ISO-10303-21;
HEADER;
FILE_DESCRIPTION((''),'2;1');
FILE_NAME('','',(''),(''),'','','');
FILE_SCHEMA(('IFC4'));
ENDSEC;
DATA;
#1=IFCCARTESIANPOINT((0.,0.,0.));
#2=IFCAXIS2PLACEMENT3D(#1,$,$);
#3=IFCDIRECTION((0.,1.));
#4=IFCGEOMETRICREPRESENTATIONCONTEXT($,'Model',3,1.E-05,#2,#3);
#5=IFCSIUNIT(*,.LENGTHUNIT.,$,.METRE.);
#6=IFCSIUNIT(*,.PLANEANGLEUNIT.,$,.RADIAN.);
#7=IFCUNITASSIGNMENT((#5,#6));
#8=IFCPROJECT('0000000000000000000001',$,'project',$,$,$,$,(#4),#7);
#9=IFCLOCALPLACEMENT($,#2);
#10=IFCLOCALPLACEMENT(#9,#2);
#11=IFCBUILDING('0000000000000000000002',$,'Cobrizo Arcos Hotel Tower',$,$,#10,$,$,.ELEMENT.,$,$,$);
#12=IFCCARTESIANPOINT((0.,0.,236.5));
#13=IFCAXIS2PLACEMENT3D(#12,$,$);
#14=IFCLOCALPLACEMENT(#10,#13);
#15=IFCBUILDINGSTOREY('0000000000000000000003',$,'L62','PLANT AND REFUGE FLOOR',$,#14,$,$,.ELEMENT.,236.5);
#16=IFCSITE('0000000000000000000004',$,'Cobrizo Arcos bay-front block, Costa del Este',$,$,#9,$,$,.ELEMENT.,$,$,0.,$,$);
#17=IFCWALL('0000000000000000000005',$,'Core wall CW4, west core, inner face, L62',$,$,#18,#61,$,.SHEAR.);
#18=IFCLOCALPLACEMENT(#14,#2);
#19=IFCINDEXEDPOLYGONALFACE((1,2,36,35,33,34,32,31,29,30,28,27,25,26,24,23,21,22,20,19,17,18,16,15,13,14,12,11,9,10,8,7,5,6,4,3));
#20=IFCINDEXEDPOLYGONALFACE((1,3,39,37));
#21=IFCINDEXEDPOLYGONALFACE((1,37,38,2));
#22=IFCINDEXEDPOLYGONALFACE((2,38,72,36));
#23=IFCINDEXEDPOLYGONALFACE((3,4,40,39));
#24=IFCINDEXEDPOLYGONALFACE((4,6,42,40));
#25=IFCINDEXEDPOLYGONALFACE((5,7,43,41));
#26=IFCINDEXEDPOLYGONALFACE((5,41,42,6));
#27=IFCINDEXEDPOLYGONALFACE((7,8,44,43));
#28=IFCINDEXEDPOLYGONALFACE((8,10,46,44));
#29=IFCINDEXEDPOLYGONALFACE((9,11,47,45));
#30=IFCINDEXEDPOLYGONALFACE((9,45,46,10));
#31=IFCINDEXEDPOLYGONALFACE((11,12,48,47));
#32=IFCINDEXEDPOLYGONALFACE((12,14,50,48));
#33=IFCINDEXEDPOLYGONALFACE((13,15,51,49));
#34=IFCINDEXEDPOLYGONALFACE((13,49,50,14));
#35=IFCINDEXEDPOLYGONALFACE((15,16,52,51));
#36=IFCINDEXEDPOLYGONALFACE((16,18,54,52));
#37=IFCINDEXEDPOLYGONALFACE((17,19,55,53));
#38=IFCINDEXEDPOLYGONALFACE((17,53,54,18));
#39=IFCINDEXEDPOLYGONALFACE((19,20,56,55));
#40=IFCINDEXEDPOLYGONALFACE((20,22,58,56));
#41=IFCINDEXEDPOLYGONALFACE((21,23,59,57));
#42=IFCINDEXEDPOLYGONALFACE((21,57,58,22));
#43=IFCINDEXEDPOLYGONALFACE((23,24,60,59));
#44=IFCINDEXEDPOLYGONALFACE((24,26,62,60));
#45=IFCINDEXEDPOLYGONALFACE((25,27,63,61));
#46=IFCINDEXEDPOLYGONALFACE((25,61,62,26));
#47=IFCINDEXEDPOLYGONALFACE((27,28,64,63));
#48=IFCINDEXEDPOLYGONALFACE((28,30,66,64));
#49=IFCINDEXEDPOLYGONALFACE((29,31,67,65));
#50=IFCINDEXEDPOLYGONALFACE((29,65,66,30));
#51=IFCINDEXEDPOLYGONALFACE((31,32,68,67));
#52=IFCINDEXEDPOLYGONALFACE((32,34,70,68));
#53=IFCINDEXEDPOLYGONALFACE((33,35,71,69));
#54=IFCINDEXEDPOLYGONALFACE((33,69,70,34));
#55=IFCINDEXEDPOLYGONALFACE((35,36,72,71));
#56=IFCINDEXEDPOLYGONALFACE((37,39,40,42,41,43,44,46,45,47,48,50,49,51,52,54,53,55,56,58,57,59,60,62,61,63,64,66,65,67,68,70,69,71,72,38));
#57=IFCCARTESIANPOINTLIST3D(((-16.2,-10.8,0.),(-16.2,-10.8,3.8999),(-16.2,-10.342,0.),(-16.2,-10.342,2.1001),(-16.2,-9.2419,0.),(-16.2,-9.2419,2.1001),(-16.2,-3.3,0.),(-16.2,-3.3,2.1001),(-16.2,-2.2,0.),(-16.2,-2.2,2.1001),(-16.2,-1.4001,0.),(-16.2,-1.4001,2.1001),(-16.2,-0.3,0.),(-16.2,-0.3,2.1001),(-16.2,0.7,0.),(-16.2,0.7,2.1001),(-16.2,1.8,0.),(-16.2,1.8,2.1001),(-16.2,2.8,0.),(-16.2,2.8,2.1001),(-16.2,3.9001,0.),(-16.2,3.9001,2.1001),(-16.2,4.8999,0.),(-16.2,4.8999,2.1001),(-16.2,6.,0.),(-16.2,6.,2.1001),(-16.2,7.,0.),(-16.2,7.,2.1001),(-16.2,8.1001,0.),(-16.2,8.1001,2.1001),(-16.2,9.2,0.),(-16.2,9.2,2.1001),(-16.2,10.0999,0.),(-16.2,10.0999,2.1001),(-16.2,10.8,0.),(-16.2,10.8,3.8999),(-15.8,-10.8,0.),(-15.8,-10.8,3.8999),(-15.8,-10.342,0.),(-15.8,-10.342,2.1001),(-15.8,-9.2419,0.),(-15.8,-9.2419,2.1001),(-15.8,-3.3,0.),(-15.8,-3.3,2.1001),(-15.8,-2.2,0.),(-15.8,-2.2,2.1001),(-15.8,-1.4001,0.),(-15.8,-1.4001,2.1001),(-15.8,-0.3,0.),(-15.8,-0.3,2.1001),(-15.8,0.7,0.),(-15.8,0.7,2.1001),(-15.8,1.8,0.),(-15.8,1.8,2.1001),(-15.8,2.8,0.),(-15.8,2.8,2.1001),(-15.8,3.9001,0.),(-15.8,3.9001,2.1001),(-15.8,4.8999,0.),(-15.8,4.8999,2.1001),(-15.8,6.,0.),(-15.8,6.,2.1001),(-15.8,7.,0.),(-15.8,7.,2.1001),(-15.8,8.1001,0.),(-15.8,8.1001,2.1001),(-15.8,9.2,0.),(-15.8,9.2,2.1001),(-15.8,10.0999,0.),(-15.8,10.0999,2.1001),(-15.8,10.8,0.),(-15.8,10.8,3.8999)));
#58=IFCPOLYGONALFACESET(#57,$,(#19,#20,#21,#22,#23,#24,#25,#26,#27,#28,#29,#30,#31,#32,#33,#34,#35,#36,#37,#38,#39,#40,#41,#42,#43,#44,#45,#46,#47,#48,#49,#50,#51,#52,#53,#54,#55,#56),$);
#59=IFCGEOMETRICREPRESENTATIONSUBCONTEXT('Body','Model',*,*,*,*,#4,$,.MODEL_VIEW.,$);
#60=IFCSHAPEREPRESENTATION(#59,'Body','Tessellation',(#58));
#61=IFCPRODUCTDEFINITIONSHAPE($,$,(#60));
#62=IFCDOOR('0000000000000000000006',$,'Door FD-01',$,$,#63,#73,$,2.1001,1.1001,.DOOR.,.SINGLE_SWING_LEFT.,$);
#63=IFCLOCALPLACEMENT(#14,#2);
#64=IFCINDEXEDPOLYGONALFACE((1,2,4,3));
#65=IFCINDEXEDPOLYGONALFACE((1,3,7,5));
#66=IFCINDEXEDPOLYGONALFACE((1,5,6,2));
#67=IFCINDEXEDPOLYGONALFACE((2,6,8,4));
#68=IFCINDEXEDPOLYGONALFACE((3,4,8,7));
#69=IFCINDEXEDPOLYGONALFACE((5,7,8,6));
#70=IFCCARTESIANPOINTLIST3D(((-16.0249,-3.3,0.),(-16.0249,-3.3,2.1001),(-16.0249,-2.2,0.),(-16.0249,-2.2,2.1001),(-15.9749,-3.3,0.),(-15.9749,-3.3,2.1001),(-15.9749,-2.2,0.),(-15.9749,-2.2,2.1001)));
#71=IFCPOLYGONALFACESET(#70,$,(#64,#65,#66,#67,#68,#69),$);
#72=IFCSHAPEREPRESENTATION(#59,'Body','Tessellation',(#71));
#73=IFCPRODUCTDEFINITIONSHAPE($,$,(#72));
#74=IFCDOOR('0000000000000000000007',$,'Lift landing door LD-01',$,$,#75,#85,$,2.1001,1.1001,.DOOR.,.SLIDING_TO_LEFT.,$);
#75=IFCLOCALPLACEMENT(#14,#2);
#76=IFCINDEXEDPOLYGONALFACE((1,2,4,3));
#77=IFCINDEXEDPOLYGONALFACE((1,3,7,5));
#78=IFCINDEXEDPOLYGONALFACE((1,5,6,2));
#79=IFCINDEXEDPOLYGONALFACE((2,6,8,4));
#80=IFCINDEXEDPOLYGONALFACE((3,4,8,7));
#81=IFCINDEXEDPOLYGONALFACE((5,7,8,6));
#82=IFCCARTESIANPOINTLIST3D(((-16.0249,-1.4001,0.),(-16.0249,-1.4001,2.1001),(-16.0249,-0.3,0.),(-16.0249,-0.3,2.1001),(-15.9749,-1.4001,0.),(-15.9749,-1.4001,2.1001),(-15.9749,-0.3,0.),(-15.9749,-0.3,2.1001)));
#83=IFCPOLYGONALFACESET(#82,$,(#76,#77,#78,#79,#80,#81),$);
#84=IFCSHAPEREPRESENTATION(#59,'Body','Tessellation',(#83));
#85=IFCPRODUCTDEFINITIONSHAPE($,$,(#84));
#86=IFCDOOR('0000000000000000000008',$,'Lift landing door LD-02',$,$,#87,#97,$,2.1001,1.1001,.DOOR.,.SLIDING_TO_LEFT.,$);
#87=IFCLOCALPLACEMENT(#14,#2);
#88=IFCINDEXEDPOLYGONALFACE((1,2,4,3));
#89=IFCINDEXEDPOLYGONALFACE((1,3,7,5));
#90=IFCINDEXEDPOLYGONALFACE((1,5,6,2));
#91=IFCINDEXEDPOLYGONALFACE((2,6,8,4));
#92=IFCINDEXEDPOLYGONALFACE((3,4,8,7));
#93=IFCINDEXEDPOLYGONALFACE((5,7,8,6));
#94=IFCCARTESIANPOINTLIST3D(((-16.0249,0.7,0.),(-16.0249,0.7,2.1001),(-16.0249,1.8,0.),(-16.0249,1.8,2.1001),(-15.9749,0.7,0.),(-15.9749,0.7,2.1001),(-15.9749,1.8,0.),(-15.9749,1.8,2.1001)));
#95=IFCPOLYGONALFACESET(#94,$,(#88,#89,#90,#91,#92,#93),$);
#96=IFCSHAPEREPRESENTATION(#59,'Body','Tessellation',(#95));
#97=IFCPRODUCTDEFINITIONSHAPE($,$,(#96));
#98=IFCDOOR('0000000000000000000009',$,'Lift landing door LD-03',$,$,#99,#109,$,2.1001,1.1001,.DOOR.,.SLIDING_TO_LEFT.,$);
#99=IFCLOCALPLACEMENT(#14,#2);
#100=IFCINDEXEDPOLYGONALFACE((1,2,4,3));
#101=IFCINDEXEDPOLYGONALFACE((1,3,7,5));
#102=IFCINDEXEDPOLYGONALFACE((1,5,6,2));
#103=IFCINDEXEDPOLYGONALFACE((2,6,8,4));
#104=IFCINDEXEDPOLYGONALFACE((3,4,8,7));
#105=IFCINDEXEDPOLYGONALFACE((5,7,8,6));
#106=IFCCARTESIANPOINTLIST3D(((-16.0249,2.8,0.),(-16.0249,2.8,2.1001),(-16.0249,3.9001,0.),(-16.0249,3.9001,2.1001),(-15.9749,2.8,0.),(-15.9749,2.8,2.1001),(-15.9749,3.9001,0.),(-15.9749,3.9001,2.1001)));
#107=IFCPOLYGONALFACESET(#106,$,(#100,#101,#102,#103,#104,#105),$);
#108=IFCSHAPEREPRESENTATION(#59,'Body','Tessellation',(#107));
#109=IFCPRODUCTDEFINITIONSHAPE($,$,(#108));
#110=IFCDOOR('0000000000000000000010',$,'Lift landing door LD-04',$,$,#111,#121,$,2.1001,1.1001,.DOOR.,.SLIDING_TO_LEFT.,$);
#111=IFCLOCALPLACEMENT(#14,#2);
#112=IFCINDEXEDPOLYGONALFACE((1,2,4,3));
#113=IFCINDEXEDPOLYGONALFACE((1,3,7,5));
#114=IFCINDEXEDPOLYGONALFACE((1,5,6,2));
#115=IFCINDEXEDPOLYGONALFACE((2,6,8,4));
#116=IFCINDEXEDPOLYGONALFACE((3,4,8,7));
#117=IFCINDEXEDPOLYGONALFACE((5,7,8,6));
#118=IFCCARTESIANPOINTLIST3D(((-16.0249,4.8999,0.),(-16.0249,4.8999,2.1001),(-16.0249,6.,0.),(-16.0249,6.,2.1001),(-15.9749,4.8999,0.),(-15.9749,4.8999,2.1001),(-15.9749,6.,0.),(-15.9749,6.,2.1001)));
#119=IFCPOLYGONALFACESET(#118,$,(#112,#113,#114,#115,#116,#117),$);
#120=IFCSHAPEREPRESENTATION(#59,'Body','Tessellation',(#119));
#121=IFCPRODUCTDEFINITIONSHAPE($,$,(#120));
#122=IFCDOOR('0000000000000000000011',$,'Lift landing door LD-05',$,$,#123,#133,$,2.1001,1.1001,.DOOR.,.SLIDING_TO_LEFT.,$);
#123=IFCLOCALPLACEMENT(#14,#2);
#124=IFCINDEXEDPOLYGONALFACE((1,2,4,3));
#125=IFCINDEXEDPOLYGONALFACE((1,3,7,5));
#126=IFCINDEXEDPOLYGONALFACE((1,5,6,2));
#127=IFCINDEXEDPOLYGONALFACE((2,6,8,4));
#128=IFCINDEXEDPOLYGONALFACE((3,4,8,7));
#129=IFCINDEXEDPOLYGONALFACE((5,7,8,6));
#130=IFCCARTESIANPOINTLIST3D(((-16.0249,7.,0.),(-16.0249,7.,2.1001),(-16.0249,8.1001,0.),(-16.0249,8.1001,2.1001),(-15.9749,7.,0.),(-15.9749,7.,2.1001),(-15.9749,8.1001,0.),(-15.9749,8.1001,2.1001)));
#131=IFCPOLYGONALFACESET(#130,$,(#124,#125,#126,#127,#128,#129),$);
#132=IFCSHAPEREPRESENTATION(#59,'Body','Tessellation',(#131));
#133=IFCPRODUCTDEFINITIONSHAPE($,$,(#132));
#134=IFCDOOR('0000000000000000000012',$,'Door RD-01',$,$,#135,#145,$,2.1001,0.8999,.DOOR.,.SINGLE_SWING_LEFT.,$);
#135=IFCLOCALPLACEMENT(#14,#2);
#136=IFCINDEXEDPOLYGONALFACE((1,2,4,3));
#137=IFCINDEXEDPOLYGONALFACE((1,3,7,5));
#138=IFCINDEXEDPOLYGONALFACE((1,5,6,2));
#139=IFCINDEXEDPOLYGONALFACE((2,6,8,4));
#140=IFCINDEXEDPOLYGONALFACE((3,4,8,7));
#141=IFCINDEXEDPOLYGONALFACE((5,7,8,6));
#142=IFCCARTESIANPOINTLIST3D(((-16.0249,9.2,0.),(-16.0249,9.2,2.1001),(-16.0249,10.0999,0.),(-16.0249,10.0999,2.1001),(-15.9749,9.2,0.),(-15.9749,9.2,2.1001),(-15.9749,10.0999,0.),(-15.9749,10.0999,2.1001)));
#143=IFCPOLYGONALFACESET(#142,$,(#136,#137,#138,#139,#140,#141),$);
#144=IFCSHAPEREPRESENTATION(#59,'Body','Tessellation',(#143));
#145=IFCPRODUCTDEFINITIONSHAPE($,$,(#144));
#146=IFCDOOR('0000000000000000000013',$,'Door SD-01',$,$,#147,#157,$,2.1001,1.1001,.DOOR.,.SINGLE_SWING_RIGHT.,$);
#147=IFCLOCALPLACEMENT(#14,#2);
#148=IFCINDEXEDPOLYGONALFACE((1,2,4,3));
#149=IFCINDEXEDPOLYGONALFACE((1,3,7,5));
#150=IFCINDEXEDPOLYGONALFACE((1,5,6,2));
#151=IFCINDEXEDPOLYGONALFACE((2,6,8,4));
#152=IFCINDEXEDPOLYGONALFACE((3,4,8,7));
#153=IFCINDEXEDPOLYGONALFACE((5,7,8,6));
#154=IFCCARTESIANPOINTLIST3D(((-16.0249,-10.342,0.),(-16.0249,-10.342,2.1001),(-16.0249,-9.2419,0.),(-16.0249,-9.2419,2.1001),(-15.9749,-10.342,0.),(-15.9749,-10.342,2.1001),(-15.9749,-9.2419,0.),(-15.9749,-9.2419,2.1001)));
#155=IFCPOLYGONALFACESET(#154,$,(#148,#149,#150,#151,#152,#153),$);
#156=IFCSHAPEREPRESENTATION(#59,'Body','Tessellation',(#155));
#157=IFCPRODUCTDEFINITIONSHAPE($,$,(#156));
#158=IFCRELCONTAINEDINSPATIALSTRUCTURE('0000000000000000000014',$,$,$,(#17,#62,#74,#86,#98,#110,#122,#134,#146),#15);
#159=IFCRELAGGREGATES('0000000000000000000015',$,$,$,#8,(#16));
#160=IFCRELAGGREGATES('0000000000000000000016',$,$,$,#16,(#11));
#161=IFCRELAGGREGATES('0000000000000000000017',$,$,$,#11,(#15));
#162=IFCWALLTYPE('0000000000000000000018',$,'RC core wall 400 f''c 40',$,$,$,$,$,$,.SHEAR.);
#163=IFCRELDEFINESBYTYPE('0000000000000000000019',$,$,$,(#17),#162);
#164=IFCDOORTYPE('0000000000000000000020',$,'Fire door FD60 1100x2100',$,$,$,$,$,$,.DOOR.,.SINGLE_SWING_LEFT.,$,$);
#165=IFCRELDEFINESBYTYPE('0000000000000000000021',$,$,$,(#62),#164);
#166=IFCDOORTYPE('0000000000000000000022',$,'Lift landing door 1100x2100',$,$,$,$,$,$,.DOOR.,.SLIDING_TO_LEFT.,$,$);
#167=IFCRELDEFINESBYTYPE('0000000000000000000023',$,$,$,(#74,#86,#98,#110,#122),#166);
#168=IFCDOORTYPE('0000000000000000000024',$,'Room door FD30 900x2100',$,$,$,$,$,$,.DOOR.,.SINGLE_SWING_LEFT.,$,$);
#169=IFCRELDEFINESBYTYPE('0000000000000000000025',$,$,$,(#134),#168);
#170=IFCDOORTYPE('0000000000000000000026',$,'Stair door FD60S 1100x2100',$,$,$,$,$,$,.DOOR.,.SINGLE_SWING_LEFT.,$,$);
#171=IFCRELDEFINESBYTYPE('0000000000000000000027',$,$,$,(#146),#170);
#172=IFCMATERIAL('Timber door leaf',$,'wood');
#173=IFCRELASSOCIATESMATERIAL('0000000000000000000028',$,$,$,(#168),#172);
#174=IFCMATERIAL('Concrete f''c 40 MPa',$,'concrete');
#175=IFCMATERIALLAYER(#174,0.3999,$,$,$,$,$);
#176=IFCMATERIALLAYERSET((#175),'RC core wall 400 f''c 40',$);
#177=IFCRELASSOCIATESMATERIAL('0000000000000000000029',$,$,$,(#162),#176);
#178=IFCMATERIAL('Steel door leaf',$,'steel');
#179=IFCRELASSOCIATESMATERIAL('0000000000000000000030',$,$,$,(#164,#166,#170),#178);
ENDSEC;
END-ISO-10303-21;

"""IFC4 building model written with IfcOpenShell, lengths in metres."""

from ifc_helpers import new_model, si_unit, direction, frame, frame_2d, origin, place, context, subcontext, project, spatial, rectangle, extrude, material, layer, layer_set, type_object, element, fill, save


model = new_model("IFC4")

# Units and contexts
model_context = context("Model", 3, precision=1e-05, world=origin(), true_north=direction((0.0, 1.0)))
body_context = subcontext(model_context, "Body", "Model", "MODEL_VIEW")
ifc_project = project(units=[si_unit("LENGTHUNIT", "METRE"), si_unit("PLANEANGLEUNIT", "RADIAN")], contexts=[model_context])

# Site, building, storey
site_placement = place(None, origin())
site = spatial("IfcSite", under=ifc_project, at=site_placement, Name="Cobrizo Arcos bay-front block, Costa del Este", CompositionType="ELEMENT", RefElevation=0.0)
building_placement = place(site_placement, origin())
building = spatial("IfcBuilding", under=site, at=building_placement, Name="Cobrizo Arcos Hotel Tower", CompositionType="ELEMENT")
storey_placement = place(building_placement, frame((0.0, 0.0, 236.5)))
storey = spatial("IfcBuildingStorey", under=building, at=storey_placement, Name="L62", Description="PLANT AND REFUGE FLOOR", CompositionType="ELEMENT", Elevation=236.5)

# Shared definitions
ifc_material_1 = material(Name="Timber door leaf", Category="wood")
door_type_1 = type_object("IfcDoorType", Name="Room door FD30 900x2100", OperationType="SINGLE_SWING_LEFT", PredefinedType="DOOR", material=ifc_material_1)

# Wall, openings, doors
ifc_material_2 = material(Name="Concrete f'c 40 MPa", Category="concrete")
ifc_layer_1 = layer(ifc_material_2, 0.3999)
ifc_layer_set_1 = layer_set([ifc_layer_1], Name="RC core wall 400 f'c 40")
wall_type_1 = type_object("IfcWallType", Name="RC core wall 400 f'c 40", PredefinedType="SHEAR", material=ifc_layer_set_1)
wall_1_placement = place(storey_placement, frame((-16.0, -10.8, 0.0), z_axis=(0.0, 0.0, 1.0), x_axis=(0.0, 1.0, 0.0)))
wall_1 = element("IfcWall", 1, at=wall_1_placement, inside=storey, type_object=wall_type_1, Name="Core wall CW4, west core, inner face, L62", PredefinedType="SHEAR", context=body_context, shape_type="SweptSolid", body=[
    extrude(rectangle(XDim=21.6001, YDim=0.3999, at=frame_2d((10.8, 0.0))), origin(), (0.0, 0.0, 1.0), 3.8999),
])
opening_1_placement = place(wall_1_placement, frame((9.3999, 0.0, 0.0)))
opening_1 = element("IfcOpeningElement", 2, at=opening_1_placement, cuts=wall_1, PredefinedType="OPENING", context=body_context, shape_type="SweptSolid", body=[
    extrude(rectangle(XDim=1.1001, YDim=2.1001, at=frame_2d((0.55, 1.05))), frame((0.0, 0.2119, 0.0), z_axis=(0.0, -1.0, 0.0), x_axis=(1.0, 0.0, 0.0)), (0.0, 0.0, 1.0), 0.4238),
])
opening_2_placement = place(wall_1_placement, frame((11.5, 0.0, 0.0)))
opening_2 = element("IfcOpeningElement", 3, at=opening_2_placement, cuts=wall_1, PredefinedType="OPENING", context=body_context, shape_type="SweptSolid", body=[
    extrude(rectangle(XDim=1.1001, YDim=2.1001, at=frame_2d((0.55, 1.05))), frame((0.0, 0.2119, 0.0), z_axis=(0.0, -1.0, 0.0), x_axis=(1.0, 0.0, 0.0)), (0.0, 0.0, 1.0), 0.4238),
])
opening_3_placement = place(wall_1_placement, frame((13.6001, 0.0, 0.0)))
opening_3 = element("IfcOpeningElement", 4, at=opening_3_placement, cuts=wall_1, PredefinedType="OPENING", context=body_context, shape_type="SweptSolid", body=[
    extrude(rectangle(XDim=1.1001, YDim=2.1001, at=frame_2d((0.55, 1.05))), frame((0.0, 0.2119, 0.0), z_axis=(0.0, -1.0, 0.0), x_axis=(1.0, 0.0, 0.0)), (0.0, 0.0, 1.0), 0.4238),
])
opening_4_placement = place(wall_1_placement, frame((15.7, 0.0, 0.0)))
opening_4 = element("IfcOpeningElement", 5, at=opening_4_placement, cuts=wall_1, PredefinedType="OPENING", context=body_context, shape_type="SweptSolid", body=[
    extrude(rectangle(XDim=1.1001, YDim=2.1001, at=frame_2d((0.55, 1.05))), frame((0.0, 0.2119, 0.0), z_axis=(0.0, -1.0, 0.0), x_axis=(1.0, 0.0, 0.0)), (0.0, 0.0, 1.0), 0.4238),
])
opening_5_placement = place(wall_1_placement, frame((17.8, 0.0, 0.0)))
opening_5 = element("IfcOpeningElement", 6, at=opening_5_placement, cuts=wall_1, PredefinedType="OPENING", context=body_context, shape_type="SweptSolid", body=[
    extrude(rectangle(XDim=1.1001, YDim=2.1001, at=frame_2d((0.55, 1.05))), frame((0.0, 0.2119, 0.0), z_axis=(0.0, -1.0, 0.0), x_axis=(1.0, 0.0, 0.0)), (0.0, 0.0, 1.0), 0.4238),
])
opening_6_placement = place(wall_1_placement, frame((0.458, 0.0, 0.0)))
opening_6 = element("IfcOpeningElement", 7, at=opening_6_placement, cuts=wall_1, PredefinedType="OPENING", context=body_context, shape_type="SweptSolid", body=[
    extrude(rectangle(XDim=1.1001, YDim=2.1001, at=frame_2d((0.55, 1.05))), frame((0.0, 0.2119, 0.0), z_axis=(0.0, -1.0, 0.0), x_axis=(1.0, 0.0, 0.0)), (0.0, 0.0, 1.0), 0.4238),
])
opening_7_placement = place(wall_1_placement, frame((7.5, 0.0, 0.0)))
opening_7 = element("IfcOpeningElement", 8, at=opening_7_placement, cuts=wall_1, PredefinedType="OPENING", context=body_context, shape_type="SweptSolid", body=[
    extrude(rectangle(XDim=1.1001, YDim=2.1001, at=frame_2d((0.55, 1.05))), frame((0.0, 0.2119, 0.0), z_axis=(0.0, -1.0, 0.0), x_axis=(1.0, 0.0, 0.0)), (0.0, 0.0, 1.0), 0.4238),
])
opening_8_placement = place(wall_1_placement, frame((20.0, 0.0, 0.0)))
opening_8 = element("IfcOpeningElement", 9, at=opening_8_placement, cuts=wall_1, PredefinedType="OPENING", context=body_context, shape_type="SweptSolid", body=[
    extrude(rectangle(XDim=0.8999, YDim=2.1001, at=frame_2d((0.45, 1.05))), frame((0.0, 0.2119, 0.0), z_axis=(0.0, -1.0, 0.0), x_axis=(1.0, 0.0, 0.0)), (0.0, 0.0, 1.0), 0.4238),
])
ifc_material_3 = material(Name="Steel door leaf", Category="steel")
door_type_2 = type_object("IfcDoorType", Name="Fire door FD60 1100x2100", OperationType="SINGLE_SWING_LEFT", PredefinedType="DOOR", material=ifc_material_3)
door_1_placement = place(opening_7_placement, origin())
door_1 = element("IfcDoor", 10, at=door_1_placement, inside=storey, type_object=door_type_2, Name="Door FD-01", OperationType="SINGLE_SWING_LEFT", OverallHeight=2.1001, OverallWidth=1.1001, PredefinedType="DOOR", context=body_context, shape_type="SweptSolid", body=[
    extrude(rectangle(XDim=1.1001, YDim=2.1001, at=frame_2d((0.55, 1.05))), frame((0.0, 0.0249, 0.0), z_axis=(0.0, -1.0, 0.0), x_axis=(1.0, 0.0, 0.0)), (0.0, 0.0, 1.0), 0.05),
])
fill(opening_7, door_1)
door_type_3 = type_object("IfcDoorType", Name="Lift landing door 1100x2100", OperationType="SLIDING_TO_LEFT", PredefinedType="DOOR", material=ifc_material_3)
door_2_placement = place(opening_1_placement, origin())
door_2 = element("IfcDoor", 11, at=door_2_placement, inside=storey, type_object=door_type_3, Name="Lift landing door LD-01", OperationType="SLIDING_TO_LEFT", OverallHeight=2.1001, OverallWidth=1.1001, PredefinedType="DOOR", context=body_context, shape_type="SweptSolid", body=[
    extrude(rectangle(XDim=1.1001, YDim=2.1001, at=frame_2d((0.55, 1.05))), frame((0.0, 0.0249, 0.0), z_axis=(0.0, -1.0, 0.0), x_axis=(1.0, 0.0, 0.0)), (0.0, 0.0, 1.0), 0.05),
])
fill(opening_1, door_2)
door_3_placement = place(opening_2_placement, origin())
door_3 = element("IfcDoor", 12, at=door_3_placement, inside=storey, type_object=door_type_3, Name="Lift landing door LD-02", OperationType="SLIDING_TO_LEFT", OverallHeight=2.1001, OverallWidth=1.1001, PredefinedType="DOOR", context=body_context, shape_type="SweptSolid", body=[
    extrude(rectangle(XDim=1.1001, YDim=2.1001, at=frame_2d((0.55, 1.05))), frame((0.0, 0.0249, 0.0), z_axis=(0.0, -1.0, 0.0), x_axis=(1.0, 0.0, 0.0)), (0.0, 0.0, 1.0), 0.05),
])
fill(opening_2, door_3)
door_4_placement = place(opening_3_placement, origin())
door_4 = element("IfcDoor", 13, at=door_4_placement, inside=storey, type_object=door_type_3, Name="Lift landing door LD-03", OperationType="SLIDING_TO_LEFT", OverallHeight=2.1001, OverallWidth=1.1001, PredefinedType="DOOR", context=body_context, shape_type="SweptSolid", body=[
    extrude(rectangle(XDim=1.1001, YDim=2.1001, at=frame_2d((0.55, 1.05))), frame((0.0, 0.0249, 0.0), z_axis=(0.0, -1.0, 0.0), x_axis=(1.0, 0.0, 0.0)), (0.0, 0.0, 1.0), 0.05),
])
fill(opening_3, door_4)
door_5_placement = place(opening_4_placement, origin())
door_5 = element("IfcDoor", 14, at=door_5_placement, inside=storey, type_object=door_type_3, Name="Lift landing door LD-04", OperationType="SLIDING_TO_LEFT", OverallHeight=2.1001, OverallWidth=1.1001, PredefinedType="DOOR", context=body_context, shape_type="SweptSolid", body=[
    extrude(rectangle(XDim=1.1001, YDim=2.1001, at=frame_2d((0.55, 1.05))), frame((0.0, 0.0249, 0.0), z_axis=(0.0, -1.0, 0.0), x_axis=(1.0, 0.0, 0.0)), (0.0, 0.0, 1.0), 0.05),
])
fill(opening_4, door_5)
door_6_placement = place(opening_5_placement, origin())
door_6 = element("IfcDoor", 15, at=door_6_placement, inside=storey, type_object=door_type_3, Name="Lift landing door LD-05", OperationType="SLIDING_TO_LEFT", OverallHeight=2.1001, OverallWidth=1.1001, PredefinedType="DOOR", context=body_context, shape_type="SweptSolid", body=[
    extrude(rectangle(XDim=1.1001, YDim=2.1001, at=frame_2d((0.55, 1.05))), frame((0.0, 0.0249, 0.0), z_axis=(0.0, -1.0, 0.0), x_axis=(1.0, 0.0, 0.0)), (0.0, 0.0, 1.0), 0.05),
])
fill(opening_5, door_6)
door_7_placement = place(opening_8_placement, origin())
door_7 = element("IfcDoor", 16, at=door_7_placement, inside=storey, type_object=door_type_1, Name="Door RD-01", OperationType="SINGLE_SWING_LEFT", OverallHeight=2.1001, OverallWidth=0.8999, PredefinedType="DOOR", context=body_context, shape_type="SweptSolid", body=[
    extrude(rectangle(XDim=0.8999, YDim=2.1001, at=frame_2d((0.45, 1.05))), frame((0.0, 0.0249, 0.0), z_axis=(0.0, -1.0, 0.0), x_axis=(1.0, 0.0, 0.0)), (0.0, 0.0, 1.0), 0.05),
])
fill(opening_8, door_7)
door_type_4 = type_object("IfcDoorType", Name="Stair door FD60S 1100x2100", OperationType="SINGLE_SWING_LEFT", PredefinedType="DOOR", material=ifc_material_3)
door_8_placement = place(opening_6_placement, origin())
door_8 = element("IfcDoor", 17, at=door_8_placement, inside=storey, type_object=door_type_4, Name="Door SD-01", OperationType="SINGLE_SWING_RIGHT", OverallHeight=2.1001, OverallWidth=1.1001, PredefinedType="DOOR", context=body_context, shape_type="SweptSolid", body=[
    extrude(rectangle(XDim=1.1001, YDim=2.1001, at=frame_2d((0.55, 1.05))), frame((0.0, 0.0249, 0.0), z_axis=(0.0, -1.0, 0.0), x_axis=(1.0, 0.0, 0.0)), (0.0, 0.0, 1.0), 0.05),
])
fill(opening_6, door_8)

save(model, "model.ifc")
